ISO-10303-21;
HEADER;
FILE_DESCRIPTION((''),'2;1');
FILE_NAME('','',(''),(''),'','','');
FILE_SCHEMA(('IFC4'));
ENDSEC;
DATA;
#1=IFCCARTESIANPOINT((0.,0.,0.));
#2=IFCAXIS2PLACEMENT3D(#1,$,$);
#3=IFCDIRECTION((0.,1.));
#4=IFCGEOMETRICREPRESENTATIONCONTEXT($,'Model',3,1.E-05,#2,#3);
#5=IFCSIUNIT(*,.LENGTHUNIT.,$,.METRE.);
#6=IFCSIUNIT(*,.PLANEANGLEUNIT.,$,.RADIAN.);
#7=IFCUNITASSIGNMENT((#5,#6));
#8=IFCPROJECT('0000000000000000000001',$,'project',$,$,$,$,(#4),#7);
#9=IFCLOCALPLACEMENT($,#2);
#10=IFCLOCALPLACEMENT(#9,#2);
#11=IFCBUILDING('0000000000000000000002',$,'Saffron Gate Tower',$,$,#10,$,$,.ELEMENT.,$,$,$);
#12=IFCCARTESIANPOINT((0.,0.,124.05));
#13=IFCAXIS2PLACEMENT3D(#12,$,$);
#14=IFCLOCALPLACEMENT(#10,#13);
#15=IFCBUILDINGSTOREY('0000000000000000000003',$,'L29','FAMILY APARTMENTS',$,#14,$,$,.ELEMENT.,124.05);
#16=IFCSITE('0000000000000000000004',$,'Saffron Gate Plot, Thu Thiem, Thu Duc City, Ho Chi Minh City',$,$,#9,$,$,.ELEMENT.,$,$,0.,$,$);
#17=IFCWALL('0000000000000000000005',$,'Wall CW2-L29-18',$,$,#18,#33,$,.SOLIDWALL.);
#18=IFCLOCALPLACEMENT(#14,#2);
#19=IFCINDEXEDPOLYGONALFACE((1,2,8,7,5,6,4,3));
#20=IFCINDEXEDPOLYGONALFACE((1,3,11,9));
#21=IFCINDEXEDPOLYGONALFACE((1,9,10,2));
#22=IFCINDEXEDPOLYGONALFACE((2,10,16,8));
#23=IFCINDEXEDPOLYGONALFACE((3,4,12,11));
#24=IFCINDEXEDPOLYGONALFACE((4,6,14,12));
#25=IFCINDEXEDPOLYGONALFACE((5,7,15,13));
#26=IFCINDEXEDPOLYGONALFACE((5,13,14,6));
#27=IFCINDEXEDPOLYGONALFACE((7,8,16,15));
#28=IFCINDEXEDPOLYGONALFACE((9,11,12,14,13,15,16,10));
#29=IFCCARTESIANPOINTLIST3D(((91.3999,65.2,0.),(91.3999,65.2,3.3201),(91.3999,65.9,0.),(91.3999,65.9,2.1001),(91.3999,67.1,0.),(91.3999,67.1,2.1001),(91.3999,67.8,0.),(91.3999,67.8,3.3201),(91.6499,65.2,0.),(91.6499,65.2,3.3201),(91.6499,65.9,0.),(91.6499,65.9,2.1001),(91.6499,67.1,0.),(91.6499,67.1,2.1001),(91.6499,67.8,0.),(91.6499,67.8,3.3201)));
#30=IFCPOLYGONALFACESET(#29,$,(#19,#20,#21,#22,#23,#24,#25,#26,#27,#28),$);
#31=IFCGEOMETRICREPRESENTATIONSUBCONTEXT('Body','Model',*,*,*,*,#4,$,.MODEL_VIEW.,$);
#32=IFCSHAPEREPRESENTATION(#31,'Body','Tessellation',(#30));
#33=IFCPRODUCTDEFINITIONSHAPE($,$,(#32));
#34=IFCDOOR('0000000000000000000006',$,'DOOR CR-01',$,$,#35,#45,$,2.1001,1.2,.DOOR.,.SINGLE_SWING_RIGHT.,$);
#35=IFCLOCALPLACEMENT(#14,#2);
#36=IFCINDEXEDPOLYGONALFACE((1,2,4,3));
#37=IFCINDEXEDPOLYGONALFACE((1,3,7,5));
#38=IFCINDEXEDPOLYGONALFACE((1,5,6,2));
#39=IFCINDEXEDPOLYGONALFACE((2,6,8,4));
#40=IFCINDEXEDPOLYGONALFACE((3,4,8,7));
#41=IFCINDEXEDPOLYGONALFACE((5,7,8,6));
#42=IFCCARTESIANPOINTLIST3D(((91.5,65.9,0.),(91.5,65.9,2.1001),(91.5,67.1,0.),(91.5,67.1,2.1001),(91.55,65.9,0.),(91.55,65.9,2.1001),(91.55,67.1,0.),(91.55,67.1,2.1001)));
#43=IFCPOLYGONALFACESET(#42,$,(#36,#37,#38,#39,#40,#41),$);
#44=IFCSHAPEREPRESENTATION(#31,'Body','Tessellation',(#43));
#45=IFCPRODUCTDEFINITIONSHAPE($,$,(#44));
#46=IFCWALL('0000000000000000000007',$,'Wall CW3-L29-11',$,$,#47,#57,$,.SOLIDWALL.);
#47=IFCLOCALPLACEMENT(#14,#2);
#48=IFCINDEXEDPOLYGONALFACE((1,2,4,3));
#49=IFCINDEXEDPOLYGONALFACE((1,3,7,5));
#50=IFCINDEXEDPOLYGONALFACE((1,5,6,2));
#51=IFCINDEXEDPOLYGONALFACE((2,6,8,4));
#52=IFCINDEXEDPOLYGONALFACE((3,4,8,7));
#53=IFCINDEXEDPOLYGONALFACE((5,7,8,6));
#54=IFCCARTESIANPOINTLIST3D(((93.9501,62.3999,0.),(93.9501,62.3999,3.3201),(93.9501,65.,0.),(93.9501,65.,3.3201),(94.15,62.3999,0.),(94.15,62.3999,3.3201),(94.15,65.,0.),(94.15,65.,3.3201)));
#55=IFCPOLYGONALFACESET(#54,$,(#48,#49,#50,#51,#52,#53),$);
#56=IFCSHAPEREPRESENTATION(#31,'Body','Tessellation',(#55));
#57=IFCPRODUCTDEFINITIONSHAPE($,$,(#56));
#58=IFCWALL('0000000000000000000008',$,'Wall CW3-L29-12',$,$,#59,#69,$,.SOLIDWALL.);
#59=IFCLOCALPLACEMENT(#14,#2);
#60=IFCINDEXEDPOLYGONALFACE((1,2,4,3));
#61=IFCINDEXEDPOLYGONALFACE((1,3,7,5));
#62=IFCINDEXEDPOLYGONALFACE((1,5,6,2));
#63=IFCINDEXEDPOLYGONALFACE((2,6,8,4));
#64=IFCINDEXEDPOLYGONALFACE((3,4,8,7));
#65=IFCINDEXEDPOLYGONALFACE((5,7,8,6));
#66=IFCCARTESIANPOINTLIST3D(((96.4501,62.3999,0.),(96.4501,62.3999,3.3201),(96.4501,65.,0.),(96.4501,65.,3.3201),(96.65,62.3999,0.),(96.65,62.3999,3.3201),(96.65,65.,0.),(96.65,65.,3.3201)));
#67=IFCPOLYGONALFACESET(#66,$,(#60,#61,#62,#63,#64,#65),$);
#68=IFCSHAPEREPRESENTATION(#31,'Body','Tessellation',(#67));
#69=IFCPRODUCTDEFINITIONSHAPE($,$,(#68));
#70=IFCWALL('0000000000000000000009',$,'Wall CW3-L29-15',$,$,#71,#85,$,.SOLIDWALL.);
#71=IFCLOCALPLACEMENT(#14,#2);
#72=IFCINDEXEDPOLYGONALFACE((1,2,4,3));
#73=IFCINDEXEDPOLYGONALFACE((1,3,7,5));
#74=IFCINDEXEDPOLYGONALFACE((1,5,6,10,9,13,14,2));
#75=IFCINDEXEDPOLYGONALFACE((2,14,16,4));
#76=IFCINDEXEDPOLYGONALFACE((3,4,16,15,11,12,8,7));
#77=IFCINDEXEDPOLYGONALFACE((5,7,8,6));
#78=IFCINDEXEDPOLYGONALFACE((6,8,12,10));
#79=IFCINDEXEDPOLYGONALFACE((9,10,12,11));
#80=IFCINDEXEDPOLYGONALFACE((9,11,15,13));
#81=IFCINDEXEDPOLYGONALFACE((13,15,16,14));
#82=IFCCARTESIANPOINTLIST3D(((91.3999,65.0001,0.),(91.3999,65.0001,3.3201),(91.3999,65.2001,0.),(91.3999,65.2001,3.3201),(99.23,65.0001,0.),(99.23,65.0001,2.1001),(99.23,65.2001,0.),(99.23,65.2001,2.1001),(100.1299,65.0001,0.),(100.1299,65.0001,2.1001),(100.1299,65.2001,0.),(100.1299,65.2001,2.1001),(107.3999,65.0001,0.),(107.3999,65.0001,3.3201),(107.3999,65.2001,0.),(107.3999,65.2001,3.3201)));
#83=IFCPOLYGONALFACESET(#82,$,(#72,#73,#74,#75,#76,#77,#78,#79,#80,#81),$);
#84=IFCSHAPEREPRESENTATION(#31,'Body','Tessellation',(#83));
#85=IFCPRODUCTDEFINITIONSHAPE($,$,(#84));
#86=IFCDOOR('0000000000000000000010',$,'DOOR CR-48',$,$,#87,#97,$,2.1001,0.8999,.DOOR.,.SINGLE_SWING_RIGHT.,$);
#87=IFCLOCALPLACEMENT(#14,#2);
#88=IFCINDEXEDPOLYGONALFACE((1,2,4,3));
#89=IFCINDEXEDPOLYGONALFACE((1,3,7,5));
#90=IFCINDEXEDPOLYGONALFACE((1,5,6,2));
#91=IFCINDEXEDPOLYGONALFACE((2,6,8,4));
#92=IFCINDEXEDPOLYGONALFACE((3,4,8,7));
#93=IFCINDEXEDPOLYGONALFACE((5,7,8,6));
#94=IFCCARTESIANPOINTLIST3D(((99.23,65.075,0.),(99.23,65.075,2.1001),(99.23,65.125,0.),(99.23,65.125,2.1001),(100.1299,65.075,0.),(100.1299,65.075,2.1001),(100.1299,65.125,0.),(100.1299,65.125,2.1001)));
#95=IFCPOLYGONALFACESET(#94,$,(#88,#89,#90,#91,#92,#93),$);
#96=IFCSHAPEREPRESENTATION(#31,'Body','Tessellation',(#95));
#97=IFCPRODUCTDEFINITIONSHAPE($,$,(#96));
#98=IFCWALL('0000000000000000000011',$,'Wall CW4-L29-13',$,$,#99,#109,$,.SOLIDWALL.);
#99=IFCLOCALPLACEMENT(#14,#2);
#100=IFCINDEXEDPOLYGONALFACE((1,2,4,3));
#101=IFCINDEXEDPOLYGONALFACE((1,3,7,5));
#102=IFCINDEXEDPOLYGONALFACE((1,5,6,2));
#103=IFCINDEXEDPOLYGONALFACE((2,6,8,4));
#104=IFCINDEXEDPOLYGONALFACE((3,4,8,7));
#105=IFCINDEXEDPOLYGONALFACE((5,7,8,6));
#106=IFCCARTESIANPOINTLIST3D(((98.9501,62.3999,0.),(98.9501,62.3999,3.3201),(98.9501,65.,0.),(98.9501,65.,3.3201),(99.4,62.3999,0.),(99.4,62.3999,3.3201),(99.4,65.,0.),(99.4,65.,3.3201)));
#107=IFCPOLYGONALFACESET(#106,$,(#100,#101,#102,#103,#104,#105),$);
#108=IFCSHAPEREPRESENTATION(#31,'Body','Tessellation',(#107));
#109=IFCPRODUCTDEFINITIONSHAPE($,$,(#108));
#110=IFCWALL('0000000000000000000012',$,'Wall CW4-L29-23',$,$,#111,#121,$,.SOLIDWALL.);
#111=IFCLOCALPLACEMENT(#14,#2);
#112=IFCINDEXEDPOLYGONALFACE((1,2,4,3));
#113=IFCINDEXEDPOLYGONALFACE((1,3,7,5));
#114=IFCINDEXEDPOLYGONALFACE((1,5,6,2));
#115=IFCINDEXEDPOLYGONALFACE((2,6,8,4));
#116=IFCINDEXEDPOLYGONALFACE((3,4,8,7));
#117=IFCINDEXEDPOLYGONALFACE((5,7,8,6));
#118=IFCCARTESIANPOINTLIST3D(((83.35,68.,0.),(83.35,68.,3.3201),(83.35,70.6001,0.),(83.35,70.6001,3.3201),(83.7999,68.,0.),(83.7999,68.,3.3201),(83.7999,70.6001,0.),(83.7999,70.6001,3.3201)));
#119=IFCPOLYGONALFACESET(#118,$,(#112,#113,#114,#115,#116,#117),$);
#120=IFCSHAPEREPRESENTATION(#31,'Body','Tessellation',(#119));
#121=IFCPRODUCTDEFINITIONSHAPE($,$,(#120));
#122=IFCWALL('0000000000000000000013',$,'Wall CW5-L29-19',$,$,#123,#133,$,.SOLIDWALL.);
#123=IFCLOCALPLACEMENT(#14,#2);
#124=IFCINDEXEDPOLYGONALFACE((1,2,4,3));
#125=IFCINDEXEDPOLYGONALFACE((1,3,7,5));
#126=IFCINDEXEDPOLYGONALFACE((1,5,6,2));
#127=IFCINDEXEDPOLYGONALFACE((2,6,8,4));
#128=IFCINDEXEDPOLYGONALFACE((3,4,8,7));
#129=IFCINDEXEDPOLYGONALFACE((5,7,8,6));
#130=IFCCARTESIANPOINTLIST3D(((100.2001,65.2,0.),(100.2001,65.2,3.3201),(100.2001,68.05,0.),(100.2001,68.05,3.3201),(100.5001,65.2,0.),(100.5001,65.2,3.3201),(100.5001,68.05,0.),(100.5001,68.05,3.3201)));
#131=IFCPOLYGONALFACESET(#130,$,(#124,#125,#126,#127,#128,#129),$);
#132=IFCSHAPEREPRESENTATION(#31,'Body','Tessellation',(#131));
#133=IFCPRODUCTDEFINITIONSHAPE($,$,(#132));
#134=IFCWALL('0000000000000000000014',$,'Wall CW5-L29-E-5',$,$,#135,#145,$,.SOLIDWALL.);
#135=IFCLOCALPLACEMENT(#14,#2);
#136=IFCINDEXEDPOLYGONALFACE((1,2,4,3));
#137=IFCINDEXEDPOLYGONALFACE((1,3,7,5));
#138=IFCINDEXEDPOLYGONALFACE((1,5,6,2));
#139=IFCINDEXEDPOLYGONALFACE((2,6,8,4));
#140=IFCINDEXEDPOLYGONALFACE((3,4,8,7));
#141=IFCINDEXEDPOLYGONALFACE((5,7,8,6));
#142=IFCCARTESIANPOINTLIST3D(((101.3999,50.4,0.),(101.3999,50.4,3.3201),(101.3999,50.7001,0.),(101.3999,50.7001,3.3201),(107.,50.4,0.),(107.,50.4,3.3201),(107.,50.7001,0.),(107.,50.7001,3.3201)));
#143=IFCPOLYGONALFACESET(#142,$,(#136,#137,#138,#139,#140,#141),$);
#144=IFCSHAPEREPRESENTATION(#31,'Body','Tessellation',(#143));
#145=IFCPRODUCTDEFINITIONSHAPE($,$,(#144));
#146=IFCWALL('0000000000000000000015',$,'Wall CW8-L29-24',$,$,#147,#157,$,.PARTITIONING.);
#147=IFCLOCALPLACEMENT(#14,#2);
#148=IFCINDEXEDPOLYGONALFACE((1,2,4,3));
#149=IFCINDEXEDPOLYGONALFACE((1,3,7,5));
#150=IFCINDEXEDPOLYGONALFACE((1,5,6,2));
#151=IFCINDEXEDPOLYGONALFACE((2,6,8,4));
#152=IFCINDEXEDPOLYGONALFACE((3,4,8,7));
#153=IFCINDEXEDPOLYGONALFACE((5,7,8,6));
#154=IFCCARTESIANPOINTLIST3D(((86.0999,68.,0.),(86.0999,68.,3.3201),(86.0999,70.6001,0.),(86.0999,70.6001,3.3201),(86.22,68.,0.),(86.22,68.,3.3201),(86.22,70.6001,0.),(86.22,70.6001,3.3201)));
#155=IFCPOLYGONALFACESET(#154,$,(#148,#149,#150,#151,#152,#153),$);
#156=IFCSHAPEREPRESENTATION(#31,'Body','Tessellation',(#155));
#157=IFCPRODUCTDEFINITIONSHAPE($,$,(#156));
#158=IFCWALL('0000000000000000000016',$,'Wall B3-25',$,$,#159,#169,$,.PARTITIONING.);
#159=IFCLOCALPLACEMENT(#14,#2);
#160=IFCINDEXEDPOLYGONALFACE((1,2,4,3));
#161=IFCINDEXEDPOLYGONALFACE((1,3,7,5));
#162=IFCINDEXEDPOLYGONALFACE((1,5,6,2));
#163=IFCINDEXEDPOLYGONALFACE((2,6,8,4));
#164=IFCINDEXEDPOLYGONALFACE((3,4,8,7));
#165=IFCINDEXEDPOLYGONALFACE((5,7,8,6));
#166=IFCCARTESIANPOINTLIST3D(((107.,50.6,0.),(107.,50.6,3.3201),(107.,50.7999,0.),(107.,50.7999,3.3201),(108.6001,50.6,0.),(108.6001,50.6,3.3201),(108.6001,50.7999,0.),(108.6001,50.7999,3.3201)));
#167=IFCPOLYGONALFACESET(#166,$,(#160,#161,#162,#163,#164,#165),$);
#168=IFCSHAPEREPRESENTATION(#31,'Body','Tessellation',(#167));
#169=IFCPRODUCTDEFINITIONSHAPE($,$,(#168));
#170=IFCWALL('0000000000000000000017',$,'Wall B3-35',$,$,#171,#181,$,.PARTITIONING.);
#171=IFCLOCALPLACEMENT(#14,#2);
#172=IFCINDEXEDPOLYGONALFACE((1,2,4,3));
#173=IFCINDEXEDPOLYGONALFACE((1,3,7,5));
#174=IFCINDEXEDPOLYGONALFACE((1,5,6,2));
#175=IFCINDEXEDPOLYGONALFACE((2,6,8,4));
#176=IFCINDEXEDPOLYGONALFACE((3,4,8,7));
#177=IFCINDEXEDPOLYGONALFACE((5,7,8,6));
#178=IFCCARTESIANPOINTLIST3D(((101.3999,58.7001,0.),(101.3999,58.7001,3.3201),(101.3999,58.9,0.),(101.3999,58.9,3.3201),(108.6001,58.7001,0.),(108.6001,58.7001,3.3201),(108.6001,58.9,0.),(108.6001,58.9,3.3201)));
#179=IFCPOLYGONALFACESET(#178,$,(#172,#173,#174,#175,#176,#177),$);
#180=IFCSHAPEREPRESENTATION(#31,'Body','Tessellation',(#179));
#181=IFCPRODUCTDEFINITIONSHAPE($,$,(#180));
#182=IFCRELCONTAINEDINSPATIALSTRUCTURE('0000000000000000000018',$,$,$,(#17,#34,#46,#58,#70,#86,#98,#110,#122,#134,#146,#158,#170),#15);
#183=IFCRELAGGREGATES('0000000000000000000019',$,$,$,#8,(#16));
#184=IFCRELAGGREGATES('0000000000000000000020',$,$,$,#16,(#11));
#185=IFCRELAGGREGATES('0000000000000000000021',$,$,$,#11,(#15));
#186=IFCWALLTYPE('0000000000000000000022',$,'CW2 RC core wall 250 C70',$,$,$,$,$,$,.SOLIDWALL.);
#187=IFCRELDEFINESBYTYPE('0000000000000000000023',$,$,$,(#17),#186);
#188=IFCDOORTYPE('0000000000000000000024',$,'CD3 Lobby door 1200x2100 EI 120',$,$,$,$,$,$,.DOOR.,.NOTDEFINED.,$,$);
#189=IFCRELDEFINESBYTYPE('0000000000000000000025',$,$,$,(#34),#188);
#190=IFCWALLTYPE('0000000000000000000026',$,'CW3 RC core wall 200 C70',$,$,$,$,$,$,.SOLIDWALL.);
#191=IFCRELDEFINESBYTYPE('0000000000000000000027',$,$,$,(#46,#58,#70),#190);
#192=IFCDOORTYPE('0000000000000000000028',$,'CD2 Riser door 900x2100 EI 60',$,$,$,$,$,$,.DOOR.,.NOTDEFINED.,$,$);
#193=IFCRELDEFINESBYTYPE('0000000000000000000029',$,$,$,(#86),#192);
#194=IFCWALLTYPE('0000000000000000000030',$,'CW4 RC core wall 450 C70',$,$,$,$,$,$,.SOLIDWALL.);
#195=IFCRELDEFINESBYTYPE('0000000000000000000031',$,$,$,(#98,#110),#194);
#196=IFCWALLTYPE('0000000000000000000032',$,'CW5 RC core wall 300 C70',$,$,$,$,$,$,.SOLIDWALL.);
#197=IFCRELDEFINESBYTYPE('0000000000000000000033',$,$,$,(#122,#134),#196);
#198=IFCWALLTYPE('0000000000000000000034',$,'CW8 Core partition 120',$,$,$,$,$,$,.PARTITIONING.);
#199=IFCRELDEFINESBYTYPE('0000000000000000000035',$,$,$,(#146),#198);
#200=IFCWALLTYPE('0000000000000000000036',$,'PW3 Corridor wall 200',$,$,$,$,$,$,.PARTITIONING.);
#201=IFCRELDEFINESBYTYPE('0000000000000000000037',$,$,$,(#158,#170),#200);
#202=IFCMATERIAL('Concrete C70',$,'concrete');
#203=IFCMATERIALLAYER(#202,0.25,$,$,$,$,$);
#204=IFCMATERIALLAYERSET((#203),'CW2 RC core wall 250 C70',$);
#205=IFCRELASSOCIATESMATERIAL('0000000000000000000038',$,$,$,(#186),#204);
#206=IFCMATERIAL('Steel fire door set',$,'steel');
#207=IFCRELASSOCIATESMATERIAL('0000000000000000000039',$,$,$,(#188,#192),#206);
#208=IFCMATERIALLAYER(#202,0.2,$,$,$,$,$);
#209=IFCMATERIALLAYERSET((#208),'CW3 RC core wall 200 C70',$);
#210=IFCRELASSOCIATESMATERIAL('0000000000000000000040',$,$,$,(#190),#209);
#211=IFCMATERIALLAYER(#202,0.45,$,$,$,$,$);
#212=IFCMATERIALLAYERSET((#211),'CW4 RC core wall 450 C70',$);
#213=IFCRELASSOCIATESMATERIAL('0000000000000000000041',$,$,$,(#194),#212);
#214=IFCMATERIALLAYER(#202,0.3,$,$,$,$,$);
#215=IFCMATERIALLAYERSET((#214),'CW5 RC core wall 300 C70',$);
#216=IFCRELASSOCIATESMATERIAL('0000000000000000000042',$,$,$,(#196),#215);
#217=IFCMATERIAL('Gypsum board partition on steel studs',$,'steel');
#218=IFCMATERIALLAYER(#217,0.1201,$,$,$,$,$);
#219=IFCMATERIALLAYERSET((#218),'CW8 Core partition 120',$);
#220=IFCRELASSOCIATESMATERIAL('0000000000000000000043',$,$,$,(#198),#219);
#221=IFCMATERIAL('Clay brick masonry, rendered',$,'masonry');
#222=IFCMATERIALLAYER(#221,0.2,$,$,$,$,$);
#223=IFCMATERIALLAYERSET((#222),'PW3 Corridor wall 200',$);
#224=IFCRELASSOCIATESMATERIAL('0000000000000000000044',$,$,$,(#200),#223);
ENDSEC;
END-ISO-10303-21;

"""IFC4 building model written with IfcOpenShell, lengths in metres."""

from ifc_helpers import new_model, si_unit, direction, frame, frame_2d, origin, place, context, subcontext, project, spatial, rectangle, extrude, material, layer, layer_set, type_object, element, fill, save


model = new_model("IFC4")

# Units and contexts
model_context = context("Model", 3, precision=1e-05, world=origin(), true_north=direction((0.0, 1.0)))
body_context = subcontext(model_context, "Body", "Model", "MODEL_VIEW")
ifc_project = project(units=[si_unit("LENGTHUNIT", "METRE"), si_unit("PLANEANGLEUNIT", "RADIAN")], contexts=[model_context])

# Site, building, storey
site_placement = place(None, origin())
site = spatial("IfcSite", under=ifc_project, at=site_placement, Name="Saffron Gate Plot, Thu Thiem, Thu Duc City, Ho Chi Minh City", CompositionType="ELEMENT", RefElevation=0.0)
building_placement = place(site_placement, origin())
building = spatial("IfcBuilding", under=site, at=building_placement, Name="Saffron Gate Tower", CompositionType="ELEMENT")
storey_placement = place(building_placement, frame((0.0, 0.0, 124.05)))
storey = spatial("IfcBuildingStorey", under=building, at=storey_placement, Name="L29", Description="FAMILY APARTMENTS", CompositionType="ELEMENT", Elevation=124.05)

# Shared definitions
ifc_material_1 = material(Name="Gypsum board partition on steel studs", Category="steel")

# Shared definitions
ifc_material_2 = material(Name="Concrete C70", Category="concrete")
ifc_material_3 = material(Name="Steel fire door set", Category="steel")

# Shared definitions
ifc_layer_1 = layer(ifc_material_2, 0.25)
ifc_layer_set_1 = layer_set([ifc_layer_1], Name="CW2 RC core wall 250 C70")
wall_type_1 = type_object("IfcWallType", Name="CW2 RC core wall 250 C70", PredefinedType="SOLIDWALL", material=ifc_layer_set_1)

# Wall, opening, door
door_type_1 = type_object("IfcDoorType", Name="CD3 Lobby door 1200x2100 EI 120", OperationType="NOTDEFINED", PredefinedType="DOOR", material=ifc_material_3)
wall_1_placement = place(storey_placement, frame((91.5249, 65.2, 0.0), z_axis=(0.0, 0.0, 1.0), x_axis=(0.0, 1.0, 0.0)))
wall_1 = element("IfcWall", 1, at=wall_1_placement, inside=storey, type_object=wall_type_1, Name="Wall CW2-L29-18", PredefinedType="SOLIDWALL", context=body_context, shape_type="SweptSolid", body=[
    extrude(rectangle(XDim=2.6001, YDim=0.25, at=frame_2d((1.3, 0.0))), origin(), (0.0, 0.0, 1.0), 3.3201),
])
opening_1_placement = place(wall_1_placement, frame((0.7, 0.0, 0.0)))
opening_1 = element("IfcOpeningElement", 2, at=opening_1_placement, cuts=wall_1, PredefinedType="OPENING", context=body_context, shape_type="SweptSolid", body=[
    extrude(rectangle(XDim=1.2, YDim=2.1001, at=frame_2d((0.6001, 1.05))), frame((0.0, 0.135, 0.0), z_axis=(0.0, -1.0, 0.0), x_axis=(1.0, 0.0, 0.0)), (0.0, 0.0, 1.0), 0.27),
])
door_1_placement = place(opening_1_placement, origin())
door_1 = element("IfcDoor", 3, at=door_1_placement, inside=storey, type_object=door_type_1, Name="DOOR CR-01", OperationType="SINGLE_SWING_RIGHT", OverallHeight=2.1001, OverallWidth=1.2, PredefinedType="DOOR", context=body_context, shape_type="SweptSolid", body=[
    extrude(rectangle(XDim=1.2, YDim=2.1001, at=frame_2d((0.6001, 1.05))), frame((0.0, 0.0249, 0.0), z_axis=(0.0, -1.0, 0.0), x_axis=(1.0, 0.0, 0.0)), (0.0, 0.0, 1.0), 0.05),
])
fill(opening_1, door_1)

# Walls
ifc_layer_2 = layer(ifc_material_2, 0.2)
ifc_layer_set_2 = layer_set([ifc_layer_2], Name="CW3 RC core wall 200 C70")
wall_type_2 = type_object("IfcWallType", Name="CW3 RC core wall 200 C70", PredefinedType="SOLIDWALL", material=ifc_layer_set_2)
for number, where, z_axis, x_axis, name in (
    (4, (94.05, 62.3999, 0.0), (0.0, 0.0, 1.0), (0.0, 1.0, 0.0), "Wall CW3-L29-11"),
    (5, (96.55, 62.3999, 0.0), (0.0, 0.0, 1.0), (0.0, 1.0, 0.0), "Wall CW3-L29-12"),
):
    element("IfcWall", number, at=place(storey_placement, frame(where, z_axis=z_axis, x_axis=x_axis)), inside=storey, type_object=wall_type_2, Name=name, PredefinedType="SOLIDWALL", context=body_context, shape_type="SweptSolid", body=[
        extrude(rectangle(XDim=2.6001, YDim=0.2, at=frame_2d((1.3, 0.0))), origin(), (0.0, 0.0, 1.0), 3.3201),
    ])

# Wall, opening, door
wall_2_placement = place(storey_placement, frame((91.3999, 65.1001, 0.0), z_axis=(0.0, 0.0, 1.0), x_axis=(1.0, 0.0, 0.0)))
wall_2 = element("IfcWall", 6, at=wall_2_placement, inside=storey, type_object=wall_type_2, Name="Wall CW3-L29-15", PredefinedType="SOLIDWALL", context=body_context, shape_type="SweptSolid", body=[
    extrude(rectangle(XDim=16.0, YDim=0.2, at=frame_2d((8.0, 0.0))), origin(), (0.0, 0.0, 1.0), 3.3201),
])
opening_2_placement = place(wall_2_placement, frame((7.8301, 0.0, 0.0)))
opening_2 = element("IfcOpeningElement", 7, at=opening_2_placement, cuts=wall_2, PredefinedType="OPENING", context=body_context, shape_type="SweptSolid", body=[
    extrude(rectangle(XDim=0.8999, YDim=2.1001, at=frame_2d((0.45, 1.05))), frame((0.0, 0.1099, 0.0), z_axis=(0.0, -1.0, 0.0), x_axis=(1.0, 0.0, 0.0)), (0.0, 0.0, 1.0), 0.22),
])
door_type_2 = type_object("IfcDoorType", Name="CD2 Riser door 900x2100 EI 60", OperationType="NOTDEFINED", PredefinedType="DOOR", material=ifc_material_3)
door_2_placement = place(opening_2_placement, origin())
door_2 = element("IfcDoor", 8, at=door_2_placement, inside=storey, type_object=door_type_2, Name="DOOR CR-48", OperationType="SINGLE_SWING_RIGHT", OverallHeight=2.1001, OverallWidth=0.8999, PredefinedType="DOOR", context=body_context, shape_type="SweptSolid", body=[
    extrude(rectangle(XDim=0.8999, YDim=2.1001, at=frame_2d((0.45, 1.05))), frame((0.0, 0.0249, 0.0), z_axis=(0.0, -1.0, 0.0), x_axis=(1.0, 0.0, 0.0)), (0.0, 0.0, 1.0), 0.05),
])
fill(opening_2, door_2)

# Walls
ifc_layer_3 = layer(ifc_material_2, 0.45)
ifc_layer_set_3 = layer_set([ifc_layer_3], Name="CW4 RC core wall 450 C70")
wall_type_3 = type_object("IfcWallType", Name="CW4 RC core wall 450 C70", PredefinedType="SOLIDWALL", material=ifc_layer_set_3)
for number, where, z_axis, x_axis, name in (
    (9, (99.175, 62.3999, 0.0), (0.0, 0.0, 1.0), (0.0, 1.0, 0.0), "Wall CW4-L29-13"),
    (10, (83.575, 68.0, 0.0), (0.0, 0.0, 1.0), (0.0, 1.0, 0.0), "Wall CW4-L29-23"),
):
    element("IfcWall", number, at=place(storey_placement, frame(where, z_axis=z_axis, x_axis=x_axis)), inside=storey, type_object=wall_type_3, Name=name, PredefinedType="SOLIDWALL", context=body_context, shape_type="SweptSolid", body=[
        extrude(rectangle(XDim=2.6001, YDim=0.45, at=frame_2d((1.3, 0.0))), origin(), (0.0, 0.0, 1.0), 3.3201),
    ])
ifc_layer_4 = layer(ifc_material_2, 0.3)
ifc_layer_set_4 = layer_set([ifc_layer_4], Name="CW5 RC core wall 300 C70")
wall_type_4 = type_object("IfcWallType", Name="CW5 RC core wall 300 C70", PredefinedType="SOLIDWALL", material=ifc_layer_set_4)
wall_3_placement = place(storey_placement, frame((100.3501, 65.2, 0.0), z_axis=(0.0, 0.0, 1.0), x_axis=(0.0, 1.0, 0.0)))
element("IfcWall", 11, at=wall_3_placement, inside=storey, type_object=wall_type_4, Name="Wall CW5-L29-19", PredefinedType="SOLIDWALL", context=body_context, shape_type="SweptSolid", body=[
    extrude(rectangle(XDim=2.8501, YDim=0.3, at=frame_2d((1.425, 0.0))), origin(), (0.0, 0.0, 1.0), 3.3201),
])
wall_4_placement = place(storey_placement, frame((101.3999, 50.55, 0.0), z_axis=(0.0, 0.0, 1.0), x_axis=(1.0, 0.0, 0.0)))
element("IfcWall", 12, at=wall_4_placement, inside=storey, type_object=wall_type_4, Name="Wall CW5-L29-E-5", PredefinedType="SOLIDWALL", context=body_context, shape_type="SweptSolid", body=[
    extrude(rectangle(XDim=5.6001, YDim=0.3, at=frame_2d((2.8, 0.0))), origin(), (0.0, 0.0, 1.0), 3.3201),
])
ifc_layer_5 = layer(ifc_material_1, 0.1201)
ifc_layer_set_5 = layer_set([ifc_layer_5], Name="CW8 Core partition 120")
wall_type_5 = type_object("IfcWallType", Name="CW8 Core partition 120", PredefinedType="PARTITIONING", material=ifc_layer_set_5)
wall_5_placement = place(storey_placement, frame((86.1599, 68.0, 0.0), z_axis=(0.0, 0.0, 1.0), x_axis=(0.0, 1.0, 0.0)))
element("IfcWall", 13, at=wall_5_placement, inside=storey, type_object=wall_type_5, Name="Wall CW8-L29-24", PredefinedType="PARTITIONING", context=body_context, shape_type="SweptSolid", body=[
    extrude(rectangle(XDim=2.6001, YDim=0.1201, at=frame_2d((1.3, 0.0))), origin(), (0.0, 0.0, 1.0), 3.3201),
])
ifc_material_4 = material(Name="Clay brick masonry, rendered", Category="masonry")
ifc_layer_6 = layer(ifc_material_4, 0.2)
ifc_layer_set_6 = layer_set([ifc_layer_6], Name="PW3 Corridor wall 200")
wall_type_6 = type_object("IfcWallType", Name="PW3 Corridor wall 200", PredefinedType="PARTITIONING", material=ifc_layer_set_6)
wall_6_placement = place(storey_placement, frame((107.0, 50.7, 0.0), z_axis=(0.0, 0.0, 1.0), x_axis=(1.0, 0.0, 0.0)))
element("IfcWall", 14, at=wall_6_placement, inside=storey, type_object=wall_type_6, Name="Wall B3-25", PredefinedType="PARTITIONING", context=body_context, shape_type="SweptSolid", body=[
    extrude(rectangle(XDim=1.6001, YDim=0.2, at=frame_2d((0.8, 0.0))), origin(), (0.0, 0.0, 1.0), 3.3201),
])
wall_7_placement = place(storey_placement, frame((101.3999, 58.8, 0.0), z_axis=(0.0, 0.0, 1.0), x_axis=(1.0, 0.0, 0.0)))
element("IfcWall", 15, at=wall_7_placement, inside=storey, type_object=wall_type_6, Name="Wall B3-35", PredefinedType="PARTITIONING", context=body_context, shape_type="SweptSolid", body=[
    extrude(rectangle(XDim=7.2002, YDim=0.2, at=frame_2d((3.6001, 0.0))), origin(), (0.0, 0.0, 1.0), 3.3201),
])

save(model, "model.ifc")
